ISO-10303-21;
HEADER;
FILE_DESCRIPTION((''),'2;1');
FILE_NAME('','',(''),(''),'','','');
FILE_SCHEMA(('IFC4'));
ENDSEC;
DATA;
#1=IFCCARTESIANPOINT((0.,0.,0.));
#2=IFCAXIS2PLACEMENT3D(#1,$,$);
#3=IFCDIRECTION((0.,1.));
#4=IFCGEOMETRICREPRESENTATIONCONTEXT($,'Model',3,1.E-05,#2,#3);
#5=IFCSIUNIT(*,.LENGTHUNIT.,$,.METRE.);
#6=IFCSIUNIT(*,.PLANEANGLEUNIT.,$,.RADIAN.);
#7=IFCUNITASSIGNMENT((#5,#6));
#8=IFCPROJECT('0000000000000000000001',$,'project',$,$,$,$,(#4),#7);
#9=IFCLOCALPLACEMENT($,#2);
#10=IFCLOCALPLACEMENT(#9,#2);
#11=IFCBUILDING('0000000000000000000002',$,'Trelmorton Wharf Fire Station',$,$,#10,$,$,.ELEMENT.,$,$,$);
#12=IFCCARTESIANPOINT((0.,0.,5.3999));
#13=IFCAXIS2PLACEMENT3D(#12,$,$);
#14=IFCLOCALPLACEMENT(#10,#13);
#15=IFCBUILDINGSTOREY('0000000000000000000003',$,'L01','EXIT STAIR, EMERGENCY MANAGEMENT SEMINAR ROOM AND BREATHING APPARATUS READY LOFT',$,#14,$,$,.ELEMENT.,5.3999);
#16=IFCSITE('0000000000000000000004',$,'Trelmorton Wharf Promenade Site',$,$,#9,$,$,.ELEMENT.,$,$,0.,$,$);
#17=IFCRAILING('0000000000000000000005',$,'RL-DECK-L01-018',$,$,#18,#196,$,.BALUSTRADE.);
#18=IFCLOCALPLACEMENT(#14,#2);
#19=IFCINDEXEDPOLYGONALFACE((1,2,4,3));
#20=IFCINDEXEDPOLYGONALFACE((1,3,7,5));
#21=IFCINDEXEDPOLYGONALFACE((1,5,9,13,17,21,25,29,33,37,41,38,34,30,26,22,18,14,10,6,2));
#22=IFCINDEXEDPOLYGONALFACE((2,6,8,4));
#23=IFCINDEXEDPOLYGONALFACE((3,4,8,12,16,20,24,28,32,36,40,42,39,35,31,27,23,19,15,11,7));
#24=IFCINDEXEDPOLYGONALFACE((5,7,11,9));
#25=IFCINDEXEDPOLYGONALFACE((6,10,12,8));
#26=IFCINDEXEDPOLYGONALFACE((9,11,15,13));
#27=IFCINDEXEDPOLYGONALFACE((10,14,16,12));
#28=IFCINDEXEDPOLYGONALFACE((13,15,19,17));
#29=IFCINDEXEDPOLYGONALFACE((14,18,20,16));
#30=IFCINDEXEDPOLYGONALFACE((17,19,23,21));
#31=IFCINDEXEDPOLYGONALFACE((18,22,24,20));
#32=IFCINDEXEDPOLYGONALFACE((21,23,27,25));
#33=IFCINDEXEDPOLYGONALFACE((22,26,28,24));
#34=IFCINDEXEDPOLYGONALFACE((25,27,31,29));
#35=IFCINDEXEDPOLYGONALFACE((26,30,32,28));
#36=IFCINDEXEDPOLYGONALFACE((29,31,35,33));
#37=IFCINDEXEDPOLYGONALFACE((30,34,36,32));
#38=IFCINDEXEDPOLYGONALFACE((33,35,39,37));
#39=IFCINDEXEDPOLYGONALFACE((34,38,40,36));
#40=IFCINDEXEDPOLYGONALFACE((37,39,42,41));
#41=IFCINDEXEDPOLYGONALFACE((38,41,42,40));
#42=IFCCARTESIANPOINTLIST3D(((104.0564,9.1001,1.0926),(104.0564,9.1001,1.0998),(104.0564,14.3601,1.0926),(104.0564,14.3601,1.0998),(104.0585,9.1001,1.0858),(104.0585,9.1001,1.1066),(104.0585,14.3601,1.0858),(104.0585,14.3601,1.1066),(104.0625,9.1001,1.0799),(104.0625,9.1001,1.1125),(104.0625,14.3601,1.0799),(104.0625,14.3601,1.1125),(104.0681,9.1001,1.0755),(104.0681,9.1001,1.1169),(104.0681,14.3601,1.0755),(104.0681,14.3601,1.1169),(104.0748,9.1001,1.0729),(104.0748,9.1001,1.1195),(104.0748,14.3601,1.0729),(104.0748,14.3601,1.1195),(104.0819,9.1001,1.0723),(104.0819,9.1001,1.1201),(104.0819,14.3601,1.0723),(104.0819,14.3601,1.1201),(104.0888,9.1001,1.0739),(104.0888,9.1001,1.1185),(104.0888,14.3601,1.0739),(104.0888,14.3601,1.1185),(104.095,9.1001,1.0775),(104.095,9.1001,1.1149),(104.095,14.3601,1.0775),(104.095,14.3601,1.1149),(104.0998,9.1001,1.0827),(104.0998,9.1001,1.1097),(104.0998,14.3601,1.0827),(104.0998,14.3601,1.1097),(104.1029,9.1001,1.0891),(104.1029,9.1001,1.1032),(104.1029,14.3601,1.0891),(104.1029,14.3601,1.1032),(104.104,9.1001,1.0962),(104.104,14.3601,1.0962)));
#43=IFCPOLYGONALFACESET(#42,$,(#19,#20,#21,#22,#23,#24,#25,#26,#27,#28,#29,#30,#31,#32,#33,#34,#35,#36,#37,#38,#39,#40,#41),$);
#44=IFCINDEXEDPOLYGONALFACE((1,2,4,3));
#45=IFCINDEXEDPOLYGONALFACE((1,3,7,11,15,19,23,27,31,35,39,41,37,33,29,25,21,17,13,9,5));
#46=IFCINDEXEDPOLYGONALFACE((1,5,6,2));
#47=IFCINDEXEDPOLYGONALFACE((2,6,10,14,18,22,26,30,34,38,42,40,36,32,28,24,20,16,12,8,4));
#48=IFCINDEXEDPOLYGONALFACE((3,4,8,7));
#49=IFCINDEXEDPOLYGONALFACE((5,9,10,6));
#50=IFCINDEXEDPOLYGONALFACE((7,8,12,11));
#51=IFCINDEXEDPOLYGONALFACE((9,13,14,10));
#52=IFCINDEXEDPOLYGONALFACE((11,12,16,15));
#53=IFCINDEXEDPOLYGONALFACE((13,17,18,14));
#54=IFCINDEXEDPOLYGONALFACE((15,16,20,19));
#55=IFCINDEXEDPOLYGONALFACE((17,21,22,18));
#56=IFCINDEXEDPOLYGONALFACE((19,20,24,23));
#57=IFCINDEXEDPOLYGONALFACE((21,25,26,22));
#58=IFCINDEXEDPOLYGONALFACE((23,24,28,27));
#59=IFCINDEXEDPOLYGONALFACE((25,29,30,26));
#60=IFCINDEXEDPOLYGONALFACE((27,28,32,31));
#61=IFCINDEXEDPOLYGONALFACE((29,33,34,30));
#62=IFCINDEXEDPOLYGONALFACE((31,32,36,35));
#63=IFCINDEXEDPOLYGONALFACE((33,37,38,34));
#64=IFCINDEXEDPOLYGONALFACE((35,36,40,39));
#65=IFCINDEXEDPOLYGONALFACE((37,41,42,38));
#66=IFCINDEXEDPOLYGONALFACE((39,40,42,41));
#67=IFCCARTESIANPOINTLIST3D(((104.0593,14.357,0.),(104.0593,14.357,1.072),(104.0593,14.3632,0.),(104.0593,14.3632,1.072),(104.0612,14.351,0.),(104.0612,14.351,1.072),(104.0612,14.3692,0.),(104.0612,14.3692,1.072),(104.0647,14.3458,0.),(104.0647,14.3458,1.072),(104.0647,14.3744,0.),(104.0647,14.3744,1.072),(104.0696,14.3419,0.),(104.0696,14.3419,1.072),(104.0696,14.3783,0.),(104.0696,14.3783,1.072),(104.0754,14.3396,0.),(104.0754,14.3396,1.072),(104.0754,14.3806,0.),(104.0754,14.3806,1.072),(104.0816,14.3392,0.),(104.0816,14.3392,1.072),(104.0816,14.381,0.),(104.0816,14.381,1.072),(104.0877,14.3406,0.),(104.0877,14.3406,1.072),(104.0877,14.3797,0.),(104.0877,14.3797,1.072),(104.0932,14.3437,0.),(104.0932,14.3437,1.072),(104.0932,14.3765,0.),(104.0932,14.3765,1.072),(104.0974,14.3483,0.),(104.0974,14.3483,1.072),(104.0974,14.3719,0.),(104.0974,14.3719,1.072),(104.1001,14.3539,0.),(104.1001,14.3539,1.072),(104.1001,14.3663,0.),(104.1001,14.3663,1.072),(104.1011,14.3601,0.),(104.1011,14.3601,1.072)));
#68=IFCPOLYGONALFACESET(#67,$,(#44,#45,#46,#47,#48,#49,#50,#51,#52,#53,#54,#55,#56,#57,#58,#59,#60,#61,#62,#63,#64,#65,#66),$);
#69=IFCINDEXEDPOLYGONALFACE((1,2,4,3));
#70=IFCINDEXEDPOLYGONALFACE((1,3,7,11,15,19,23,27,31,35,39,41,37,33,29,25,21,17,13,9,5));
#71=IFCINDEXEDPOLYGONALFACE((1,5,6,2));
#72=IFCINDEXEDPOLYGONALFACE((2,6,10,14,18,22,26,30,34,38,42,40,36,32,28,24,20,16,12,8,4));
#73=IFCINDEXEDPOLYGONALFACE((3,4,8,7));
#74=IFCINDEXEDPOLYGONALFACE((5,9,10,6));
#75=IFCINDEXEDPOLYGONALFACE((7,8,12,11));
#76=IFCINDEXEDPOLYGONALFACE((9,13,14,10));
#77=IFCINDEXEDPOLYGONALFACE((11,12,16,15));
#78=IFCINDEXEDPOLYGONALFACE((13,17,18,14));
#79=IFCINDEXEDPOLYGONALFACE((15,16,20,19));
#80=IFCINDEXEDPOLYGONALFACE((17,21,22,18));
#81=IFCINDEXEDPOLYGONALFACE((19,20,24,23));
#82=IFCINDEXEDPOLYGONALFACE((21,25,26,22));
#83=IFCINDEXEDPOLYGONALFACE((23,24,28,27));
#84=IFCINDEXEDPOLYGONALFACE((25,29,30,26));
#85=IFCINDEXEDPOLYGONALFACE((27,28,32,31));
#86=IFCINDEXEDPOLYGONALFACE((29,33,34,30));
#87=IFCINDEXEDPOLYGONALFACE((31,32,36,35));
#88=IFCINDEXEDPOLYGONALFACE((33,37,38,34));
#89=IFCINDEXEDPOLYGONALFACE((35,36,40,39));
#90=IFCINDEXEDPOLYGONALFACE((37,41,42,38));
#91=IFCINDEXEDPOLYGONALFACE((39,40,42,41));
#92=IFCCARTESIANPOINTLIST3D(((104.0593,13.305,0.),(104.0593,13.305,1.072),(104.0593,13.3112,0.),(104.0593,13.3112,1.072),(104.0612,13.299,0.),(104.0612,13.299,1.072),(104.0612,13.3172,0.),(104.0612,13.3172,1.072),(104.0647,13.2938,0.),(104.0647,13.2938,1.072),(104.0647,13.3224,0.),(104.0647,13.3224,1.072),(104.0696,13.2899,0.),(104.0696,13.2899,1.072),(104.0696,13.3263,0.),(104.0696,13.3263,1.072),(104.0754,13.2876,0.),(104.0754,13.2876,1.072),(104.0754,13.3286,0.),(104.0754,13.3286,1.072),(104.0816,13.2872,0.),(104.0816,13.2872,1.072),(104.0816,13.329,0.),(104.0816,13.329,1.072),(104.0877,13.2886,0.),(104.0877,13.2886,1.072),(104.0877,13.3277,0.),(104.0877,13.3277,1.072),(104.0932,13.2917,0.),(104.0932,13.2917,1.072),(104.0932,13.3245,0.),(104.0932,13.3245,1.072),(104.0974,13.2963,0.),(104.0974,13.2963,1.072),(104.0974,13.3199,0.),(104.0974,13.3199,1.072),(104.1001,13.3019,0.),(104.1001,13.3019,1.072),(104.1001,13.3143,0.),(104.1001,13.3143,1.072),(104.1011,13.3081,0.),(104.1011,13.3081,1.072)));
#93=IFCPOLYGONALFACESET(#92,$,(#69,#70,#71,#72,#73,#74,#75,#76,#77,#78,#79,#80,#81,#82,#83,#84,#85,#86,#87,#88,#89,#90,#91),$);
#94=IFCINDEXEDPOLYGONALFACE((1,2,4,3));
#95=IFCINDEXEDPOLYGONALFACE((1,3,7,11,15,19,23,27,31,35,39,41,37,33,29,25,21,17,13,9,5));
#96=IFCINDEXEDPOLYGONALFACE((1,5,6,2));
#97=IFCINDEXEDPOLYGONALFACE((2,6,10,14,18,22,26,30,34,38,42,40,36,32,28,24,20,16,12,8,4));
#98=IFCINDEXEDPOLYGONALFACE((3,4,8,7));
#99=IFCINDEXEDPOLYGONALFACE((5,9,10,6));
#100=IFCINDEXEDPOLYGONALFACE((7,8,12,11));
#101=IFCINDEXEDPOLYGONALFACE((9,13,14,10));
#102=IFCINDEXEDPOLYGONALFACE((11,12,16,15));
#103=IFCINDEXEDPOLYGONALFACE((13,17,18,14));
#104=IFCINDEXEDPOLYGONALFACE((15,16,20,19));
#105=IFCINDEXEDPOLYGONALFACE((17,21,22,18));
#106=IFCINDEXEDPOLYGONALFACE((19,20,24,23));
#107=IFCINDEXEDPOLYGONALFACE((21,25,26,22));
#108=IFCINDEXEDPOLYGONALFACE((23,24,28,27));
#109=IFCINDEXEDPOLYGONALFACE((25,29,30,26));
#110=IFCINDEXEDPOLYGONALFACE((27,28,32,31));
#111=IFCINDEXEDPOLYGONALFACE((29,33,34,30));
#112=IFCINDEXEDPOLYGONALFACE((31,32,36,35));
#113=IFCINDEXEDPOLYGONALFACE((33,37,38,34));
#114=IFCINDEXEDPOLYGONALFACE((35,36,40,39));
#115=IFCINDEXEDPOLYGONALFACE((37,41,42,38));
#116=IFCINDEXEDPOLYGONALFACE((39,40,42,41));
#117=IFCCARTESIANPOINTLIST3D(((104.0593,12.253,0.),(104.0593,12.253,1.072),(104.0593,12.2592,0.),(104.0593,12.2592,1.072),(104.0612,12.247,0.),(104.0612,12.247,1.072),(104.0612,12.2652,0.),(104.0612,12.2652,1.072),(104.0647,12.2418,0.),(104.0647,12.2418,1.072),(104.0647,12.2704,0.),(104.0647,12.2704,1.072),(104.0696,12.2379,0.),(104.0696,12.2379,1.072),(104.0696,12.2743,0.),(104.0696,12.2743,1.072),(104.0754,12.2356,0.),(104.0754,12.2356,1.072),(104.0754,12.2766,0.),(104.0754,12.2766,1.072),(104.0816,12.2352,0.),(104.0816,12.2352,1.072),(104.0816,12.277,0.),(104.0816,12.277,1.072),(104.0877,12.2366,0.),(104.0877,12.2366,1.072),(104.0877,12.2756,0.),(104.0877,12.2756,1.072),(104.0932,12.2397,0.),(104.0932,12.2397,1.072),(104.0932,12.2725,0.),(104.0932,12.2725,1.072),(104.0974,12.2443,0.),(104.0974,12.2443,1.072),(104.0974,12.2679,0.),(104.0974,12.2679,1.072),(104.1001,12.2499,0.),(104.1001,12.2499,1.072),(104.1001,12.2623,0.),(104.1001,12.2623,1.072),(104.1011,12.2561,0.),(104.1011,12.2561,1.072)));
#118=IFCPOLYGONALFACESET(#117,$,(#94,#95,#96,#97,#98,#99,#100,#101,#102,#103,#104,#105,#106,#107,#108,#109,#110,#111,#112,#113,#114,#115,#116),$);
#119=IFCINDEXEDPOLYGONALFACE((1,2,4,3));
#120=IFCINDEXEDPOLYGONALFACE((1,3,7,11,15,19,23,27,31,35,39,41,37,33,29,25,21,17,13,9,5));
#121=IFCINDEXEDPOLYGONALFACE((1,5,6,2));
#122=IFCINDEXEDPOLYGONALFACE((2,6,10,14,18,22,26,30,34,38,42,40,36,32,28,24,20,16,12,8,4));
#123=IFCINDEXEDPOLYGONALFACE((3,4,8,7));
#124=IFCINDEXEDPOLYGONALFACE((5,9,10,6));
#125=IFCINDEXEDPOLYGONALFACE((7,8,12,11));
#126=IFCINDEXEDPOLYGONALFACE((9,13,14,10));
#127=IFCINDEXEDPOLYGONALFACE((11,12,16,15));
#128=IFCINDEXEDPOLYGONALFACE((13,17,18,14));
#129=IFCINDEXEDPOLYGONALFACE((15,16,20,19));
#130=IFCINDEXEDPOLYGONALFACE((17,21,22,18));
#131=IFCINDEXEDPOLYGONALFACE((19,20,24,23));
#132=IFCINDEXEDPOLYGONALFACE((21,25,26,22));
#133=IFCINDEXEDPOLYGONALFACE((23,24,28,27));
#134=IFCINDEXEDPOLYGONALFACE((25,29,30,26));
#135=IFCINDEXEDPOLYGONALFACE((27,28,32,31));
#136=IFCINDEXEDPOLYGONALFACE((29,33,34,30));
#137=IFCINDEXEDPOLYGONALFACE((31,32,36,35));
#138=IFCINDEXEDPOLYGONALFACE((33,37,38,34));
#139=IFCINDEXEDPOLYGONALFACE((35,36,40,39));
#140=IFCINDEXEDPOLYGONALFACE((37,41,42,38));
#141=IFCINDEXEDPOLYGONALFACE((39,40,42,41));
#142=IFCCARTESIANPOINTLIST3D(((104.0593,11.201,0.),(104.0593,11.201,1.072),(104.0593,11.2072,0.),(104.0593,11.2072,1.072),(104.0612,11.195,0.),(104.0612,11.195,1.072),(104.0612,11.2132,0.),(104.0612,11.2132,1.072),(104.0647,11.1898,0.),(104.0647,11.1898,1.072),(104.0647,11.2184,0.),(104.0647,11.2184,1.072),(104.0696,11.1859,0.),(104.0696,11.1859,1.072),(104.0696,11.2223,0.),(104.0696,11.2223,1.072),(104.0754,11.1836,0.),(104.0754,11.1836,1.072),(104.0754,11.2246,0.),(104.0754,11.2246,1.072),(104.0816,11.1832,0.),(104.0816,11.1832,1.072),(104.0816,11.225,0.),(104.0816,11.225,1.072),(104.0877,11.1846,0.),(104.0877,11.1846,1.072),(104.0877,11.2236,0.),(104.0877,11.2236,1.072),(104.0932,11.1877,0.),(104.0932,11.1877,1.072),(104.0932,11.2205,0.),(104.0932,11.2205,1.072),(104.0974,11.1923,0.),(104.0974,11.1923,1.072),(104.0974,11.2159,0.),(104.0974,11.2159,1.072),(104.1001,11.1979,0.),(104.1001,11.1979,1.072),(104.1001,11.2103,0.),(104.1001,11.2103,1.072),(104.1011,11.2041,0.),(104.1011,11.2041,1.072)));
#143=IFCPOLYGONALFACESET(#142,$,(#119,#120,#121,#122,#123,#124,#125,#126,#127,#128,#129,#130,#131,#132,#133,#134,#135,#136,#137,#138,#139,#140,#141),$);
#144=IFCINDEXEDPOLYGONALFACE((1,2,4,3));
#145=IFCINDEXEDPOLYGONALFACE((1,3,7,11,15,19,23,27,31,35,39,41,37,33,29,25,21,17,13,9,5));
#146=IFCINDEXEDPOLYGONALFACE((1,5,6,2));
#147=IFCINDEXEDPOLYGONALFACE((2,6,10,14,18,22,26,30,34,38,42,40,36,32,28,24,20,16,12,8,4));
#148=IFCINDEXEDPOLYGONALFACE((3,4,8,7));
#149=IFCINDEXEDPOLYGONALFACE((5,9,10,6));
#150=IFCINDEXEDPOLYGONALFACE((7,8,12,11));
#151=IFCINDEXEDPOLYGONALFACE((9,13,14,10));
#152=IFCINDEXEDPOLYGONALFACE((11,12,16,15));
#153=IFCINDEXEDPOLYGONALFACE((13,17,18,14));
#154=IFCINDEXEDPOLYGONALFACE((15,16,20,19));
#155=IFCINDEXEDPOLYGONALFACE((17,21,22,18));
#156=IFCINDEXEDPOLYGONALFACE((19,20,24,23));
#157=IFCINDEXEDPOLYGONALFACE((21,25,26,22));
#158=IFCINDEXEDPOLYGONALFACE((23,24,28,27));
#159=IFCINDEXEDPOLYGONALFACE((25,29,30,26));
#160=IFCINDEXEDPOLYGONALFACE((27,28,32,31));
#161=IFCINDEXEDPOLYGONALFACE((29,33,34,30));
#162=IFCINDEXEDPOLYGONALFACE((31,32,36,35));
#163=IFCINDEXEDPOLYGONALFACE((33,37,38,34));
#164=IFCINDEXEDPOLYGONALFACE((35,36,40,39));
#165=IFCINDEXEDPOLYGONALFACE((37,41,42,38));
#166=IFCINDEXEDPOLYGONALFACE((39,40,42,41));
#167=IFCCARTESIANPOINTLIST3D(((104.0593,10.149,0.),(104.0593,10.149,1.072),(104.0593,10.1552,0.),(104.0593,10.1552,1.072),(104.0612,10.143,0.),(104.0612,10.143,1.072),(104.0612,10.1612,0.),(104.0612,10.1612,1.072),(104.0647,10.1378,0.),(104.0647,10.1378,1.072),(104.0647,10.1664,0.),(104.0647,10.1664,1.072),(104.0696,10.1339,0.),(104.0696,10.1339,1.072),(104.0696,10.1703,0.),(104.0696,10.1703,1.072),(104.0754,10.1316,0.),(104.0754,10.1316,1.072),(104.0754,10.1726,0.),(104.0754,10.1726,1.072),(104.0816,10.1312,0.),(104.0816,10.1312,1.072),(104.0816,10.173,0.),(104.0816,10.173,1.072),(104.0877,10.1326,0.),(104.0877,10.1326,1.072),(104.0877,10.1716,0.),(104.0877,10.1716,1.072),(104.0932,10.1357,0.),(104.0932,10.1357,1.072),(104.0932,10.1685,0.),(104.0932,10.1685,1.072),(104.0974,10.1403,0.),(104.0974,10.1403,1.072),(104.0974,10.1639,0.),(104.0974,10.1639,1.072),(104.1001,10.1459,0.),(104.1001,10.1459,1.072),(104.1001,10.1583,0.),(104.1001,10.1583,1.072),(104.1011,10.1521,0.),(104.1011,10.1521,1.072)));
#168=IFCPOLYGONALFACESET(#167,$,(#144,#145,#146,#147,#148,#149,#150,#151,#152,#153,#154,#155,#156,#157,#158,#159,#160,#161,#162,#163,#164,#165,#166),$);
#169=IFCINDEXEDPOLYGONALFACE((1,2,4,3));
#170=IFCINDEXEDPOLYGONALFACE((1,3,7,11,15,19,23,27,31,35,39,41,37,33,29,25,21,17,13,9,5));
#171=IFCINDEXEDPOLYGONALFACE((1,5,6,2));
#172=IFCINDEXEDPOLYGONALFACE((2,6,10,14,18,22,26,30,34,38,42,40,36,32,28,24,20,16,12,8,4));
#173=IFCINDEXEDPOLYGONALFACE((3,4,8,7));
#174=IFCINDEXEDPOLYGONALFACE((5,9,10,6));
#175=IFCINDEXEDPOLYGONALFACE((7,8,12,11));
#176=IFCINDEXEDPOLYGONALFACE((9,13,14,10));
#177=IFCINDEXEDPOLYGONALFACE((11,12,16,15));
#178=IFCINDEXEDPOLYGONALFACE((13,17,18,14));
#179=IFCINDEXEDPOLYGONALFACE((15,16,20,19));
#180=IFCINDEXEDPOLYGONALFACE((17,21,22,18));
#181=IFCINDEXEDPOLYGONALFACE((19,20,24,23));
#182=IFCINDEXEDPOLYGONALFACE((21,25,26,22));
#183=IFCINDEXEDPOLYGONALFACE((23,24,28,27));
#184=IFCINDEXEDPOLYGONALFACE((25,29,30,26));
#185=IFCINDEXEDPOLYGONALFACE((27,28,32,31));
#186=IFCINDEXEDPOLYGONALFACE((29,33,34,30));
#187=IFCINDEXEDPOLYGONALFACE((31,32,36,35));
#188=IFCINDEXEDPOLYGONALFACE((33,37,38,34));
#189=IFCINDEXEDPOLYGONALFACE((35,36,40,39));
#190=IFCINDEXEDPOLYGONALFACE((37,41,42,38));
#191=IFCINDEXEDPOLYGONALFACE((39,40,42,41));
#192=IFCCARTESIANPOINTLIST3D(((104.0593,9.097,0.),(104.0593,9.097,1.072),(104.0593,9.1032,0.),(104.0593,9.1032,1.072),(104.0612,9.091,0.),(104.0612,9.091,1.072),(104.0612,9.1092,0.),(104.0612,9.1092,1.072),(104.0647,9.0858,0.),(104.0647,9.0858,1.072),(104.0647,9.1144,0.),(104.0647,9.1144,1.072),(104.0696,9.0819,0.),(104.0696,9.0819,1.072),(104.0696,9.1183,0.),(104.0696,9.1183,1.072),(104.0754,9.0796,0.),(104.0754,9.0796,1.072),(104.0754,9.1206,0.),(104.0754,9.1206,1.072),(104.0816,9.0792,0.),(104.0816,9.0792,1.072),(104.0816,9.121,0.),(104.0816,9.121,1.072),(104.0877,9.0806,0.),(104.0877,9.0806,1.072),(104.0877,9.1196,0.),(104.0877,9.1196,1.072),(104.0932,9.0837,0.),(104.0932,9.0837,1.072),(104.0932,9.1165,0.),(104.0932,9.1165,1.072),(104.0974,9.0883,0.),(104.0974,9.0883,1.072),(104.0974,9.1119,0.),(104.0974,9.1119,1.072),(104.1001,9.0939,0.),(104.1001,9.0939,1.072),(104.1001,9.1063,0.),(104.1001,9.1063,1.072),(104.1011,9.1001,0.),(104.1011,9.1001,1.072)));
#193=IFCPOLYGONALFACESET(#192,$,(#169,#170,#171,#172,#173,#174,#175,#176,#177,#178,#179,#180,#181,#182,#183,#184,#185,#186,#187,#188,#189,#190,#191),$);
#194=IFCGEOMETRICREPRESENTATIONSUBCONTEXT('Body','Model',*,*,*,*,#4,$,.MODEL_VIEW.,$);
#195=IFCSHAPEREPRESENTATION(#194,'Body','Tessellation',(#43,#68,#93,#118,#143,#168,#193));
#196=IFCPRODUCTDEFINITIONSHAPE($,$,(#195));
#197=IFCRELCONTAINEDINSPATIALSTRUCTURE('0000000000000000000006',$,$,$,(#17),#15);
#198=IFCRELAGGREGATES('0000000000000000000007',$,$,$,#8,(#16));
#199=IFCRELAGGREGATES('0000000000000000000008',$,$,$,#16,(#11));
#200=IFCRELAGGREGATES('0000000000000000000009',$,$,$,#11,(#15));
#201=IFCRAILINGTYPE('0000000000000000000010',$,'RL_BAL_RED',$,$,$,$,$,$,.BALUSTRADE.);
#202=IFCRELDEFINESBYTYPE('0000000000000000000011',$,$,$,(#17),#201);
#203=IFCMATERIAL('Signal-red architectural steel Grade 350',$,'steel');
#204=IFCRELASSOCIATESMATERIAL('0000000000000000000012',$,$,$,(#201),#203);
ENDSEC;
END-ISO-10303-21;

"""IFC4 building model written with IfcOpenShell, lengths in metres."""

from ifc_helpers import new_model, si_unit, direction, frame, origin, origin_2d, place, context, subcontext, project, spatial, circle, extrude, material, type_object, element, save


model = new_model("IFC4")

# Units and contexts
model_context = context("Model", 3, precision=1e-05, world=origin(), true_north=direction((0.0, 1.0)))
body_context = subcontext(model_context, "Body", "Model", "MODEL_VIEW")
ifc_project = project(units=[si_unit("LENGTHUNIT", "METRE"), si_unit("PLANEANGLEUNIT", "RADIAN")], contexts=[model_context])

# Site, building, storey
site_placement = place(None, origin())
site = spatial("IfcSite", under=ifc_project, at=site_placement, Name="Trelmorton Wharf Promenade Site", CompositionType="ELEMENT", RefElevation=0.0)
building_placement = place(site_placement, origin())
building = spatial("IfcBuilding", under=site, at=building_placement, Name="Trelmorton Wharf Fire Station", CompositionType="ELEMENT")
storey_placement = place(building_placement, frame((0.0, 0.0, 5.3999)))
storey = spatial("IfcBuildingStorey", under=building, at=storey_placement, Name="L01", Description="EXIT STAIR, EMERGENCY MANAGEMENT SEMINAR ROOM AND BREATHING APPARATUS READY LOFT", CompositionType="ELEMENT", Elevation=5.3999)

# Railing
ifc_material_1 = material(Name="Signal-red architectural steel Grade 350", Category="steel")
railing_type = type_object("IfcRailingType", Name="RL_BAL_RED", PredefinedType="BALUSTRADE", material=ifc_material_1)
railing_1_placement = place(storey_placement, frame((104.0801, 14.3601, 0.0)))
element("IfcRailing", 1, at=railing_1_placement, inside=storey, type_object=railing_type, Name="RL-DECK-L01-018", PredefinedType="BALUSTRADE", context=body_context, shape_type="SweptSolid", body=[
    extrude(circle(Radius=0.0239, at=origin_2d()), frame((0.0, 0.0, 1.0962), z_axis=(0.0, -1.0, 0.0), x_axis=(1.0, 0.0, 0.0)), (0.0, 0.0, 1.0), 5.26),
    extrude(circle(Radius=0.021, at=origin_2d()), origin(), (0.0, 0.0, 1.0), 1.072),
    extrude(circle(Radius=0.021, at=origin_2d()), frame((0.0, -1.052, 0.0)), (0.0, 0.0, 1.0), 1.072),
    extrude(circle(Radius=0.021, at=origin_2d()), frame((0.0, -2.104, 0.0)), (0.0, 0.0, 1.0), 1.072),
    extrude(circle(Radius=0.021, at=origin_2d()), frame((0.0, -3.156, 0.0)), (0.0, 0.0, 1.0), 1.072),
    extrude(circle(Radius=0.021, at=origin_2d()), frame((0.0, -4.208, 0.0)), (0.0, 0.0, 1.0), 1.072),
    extrude(circle(Radius=0.021, at=origin_2d()), frame((0.0, -5.26, 0.0)), (0.0, 0.0, 1.0), 1.072),
])

save(model, "model.ifc")
